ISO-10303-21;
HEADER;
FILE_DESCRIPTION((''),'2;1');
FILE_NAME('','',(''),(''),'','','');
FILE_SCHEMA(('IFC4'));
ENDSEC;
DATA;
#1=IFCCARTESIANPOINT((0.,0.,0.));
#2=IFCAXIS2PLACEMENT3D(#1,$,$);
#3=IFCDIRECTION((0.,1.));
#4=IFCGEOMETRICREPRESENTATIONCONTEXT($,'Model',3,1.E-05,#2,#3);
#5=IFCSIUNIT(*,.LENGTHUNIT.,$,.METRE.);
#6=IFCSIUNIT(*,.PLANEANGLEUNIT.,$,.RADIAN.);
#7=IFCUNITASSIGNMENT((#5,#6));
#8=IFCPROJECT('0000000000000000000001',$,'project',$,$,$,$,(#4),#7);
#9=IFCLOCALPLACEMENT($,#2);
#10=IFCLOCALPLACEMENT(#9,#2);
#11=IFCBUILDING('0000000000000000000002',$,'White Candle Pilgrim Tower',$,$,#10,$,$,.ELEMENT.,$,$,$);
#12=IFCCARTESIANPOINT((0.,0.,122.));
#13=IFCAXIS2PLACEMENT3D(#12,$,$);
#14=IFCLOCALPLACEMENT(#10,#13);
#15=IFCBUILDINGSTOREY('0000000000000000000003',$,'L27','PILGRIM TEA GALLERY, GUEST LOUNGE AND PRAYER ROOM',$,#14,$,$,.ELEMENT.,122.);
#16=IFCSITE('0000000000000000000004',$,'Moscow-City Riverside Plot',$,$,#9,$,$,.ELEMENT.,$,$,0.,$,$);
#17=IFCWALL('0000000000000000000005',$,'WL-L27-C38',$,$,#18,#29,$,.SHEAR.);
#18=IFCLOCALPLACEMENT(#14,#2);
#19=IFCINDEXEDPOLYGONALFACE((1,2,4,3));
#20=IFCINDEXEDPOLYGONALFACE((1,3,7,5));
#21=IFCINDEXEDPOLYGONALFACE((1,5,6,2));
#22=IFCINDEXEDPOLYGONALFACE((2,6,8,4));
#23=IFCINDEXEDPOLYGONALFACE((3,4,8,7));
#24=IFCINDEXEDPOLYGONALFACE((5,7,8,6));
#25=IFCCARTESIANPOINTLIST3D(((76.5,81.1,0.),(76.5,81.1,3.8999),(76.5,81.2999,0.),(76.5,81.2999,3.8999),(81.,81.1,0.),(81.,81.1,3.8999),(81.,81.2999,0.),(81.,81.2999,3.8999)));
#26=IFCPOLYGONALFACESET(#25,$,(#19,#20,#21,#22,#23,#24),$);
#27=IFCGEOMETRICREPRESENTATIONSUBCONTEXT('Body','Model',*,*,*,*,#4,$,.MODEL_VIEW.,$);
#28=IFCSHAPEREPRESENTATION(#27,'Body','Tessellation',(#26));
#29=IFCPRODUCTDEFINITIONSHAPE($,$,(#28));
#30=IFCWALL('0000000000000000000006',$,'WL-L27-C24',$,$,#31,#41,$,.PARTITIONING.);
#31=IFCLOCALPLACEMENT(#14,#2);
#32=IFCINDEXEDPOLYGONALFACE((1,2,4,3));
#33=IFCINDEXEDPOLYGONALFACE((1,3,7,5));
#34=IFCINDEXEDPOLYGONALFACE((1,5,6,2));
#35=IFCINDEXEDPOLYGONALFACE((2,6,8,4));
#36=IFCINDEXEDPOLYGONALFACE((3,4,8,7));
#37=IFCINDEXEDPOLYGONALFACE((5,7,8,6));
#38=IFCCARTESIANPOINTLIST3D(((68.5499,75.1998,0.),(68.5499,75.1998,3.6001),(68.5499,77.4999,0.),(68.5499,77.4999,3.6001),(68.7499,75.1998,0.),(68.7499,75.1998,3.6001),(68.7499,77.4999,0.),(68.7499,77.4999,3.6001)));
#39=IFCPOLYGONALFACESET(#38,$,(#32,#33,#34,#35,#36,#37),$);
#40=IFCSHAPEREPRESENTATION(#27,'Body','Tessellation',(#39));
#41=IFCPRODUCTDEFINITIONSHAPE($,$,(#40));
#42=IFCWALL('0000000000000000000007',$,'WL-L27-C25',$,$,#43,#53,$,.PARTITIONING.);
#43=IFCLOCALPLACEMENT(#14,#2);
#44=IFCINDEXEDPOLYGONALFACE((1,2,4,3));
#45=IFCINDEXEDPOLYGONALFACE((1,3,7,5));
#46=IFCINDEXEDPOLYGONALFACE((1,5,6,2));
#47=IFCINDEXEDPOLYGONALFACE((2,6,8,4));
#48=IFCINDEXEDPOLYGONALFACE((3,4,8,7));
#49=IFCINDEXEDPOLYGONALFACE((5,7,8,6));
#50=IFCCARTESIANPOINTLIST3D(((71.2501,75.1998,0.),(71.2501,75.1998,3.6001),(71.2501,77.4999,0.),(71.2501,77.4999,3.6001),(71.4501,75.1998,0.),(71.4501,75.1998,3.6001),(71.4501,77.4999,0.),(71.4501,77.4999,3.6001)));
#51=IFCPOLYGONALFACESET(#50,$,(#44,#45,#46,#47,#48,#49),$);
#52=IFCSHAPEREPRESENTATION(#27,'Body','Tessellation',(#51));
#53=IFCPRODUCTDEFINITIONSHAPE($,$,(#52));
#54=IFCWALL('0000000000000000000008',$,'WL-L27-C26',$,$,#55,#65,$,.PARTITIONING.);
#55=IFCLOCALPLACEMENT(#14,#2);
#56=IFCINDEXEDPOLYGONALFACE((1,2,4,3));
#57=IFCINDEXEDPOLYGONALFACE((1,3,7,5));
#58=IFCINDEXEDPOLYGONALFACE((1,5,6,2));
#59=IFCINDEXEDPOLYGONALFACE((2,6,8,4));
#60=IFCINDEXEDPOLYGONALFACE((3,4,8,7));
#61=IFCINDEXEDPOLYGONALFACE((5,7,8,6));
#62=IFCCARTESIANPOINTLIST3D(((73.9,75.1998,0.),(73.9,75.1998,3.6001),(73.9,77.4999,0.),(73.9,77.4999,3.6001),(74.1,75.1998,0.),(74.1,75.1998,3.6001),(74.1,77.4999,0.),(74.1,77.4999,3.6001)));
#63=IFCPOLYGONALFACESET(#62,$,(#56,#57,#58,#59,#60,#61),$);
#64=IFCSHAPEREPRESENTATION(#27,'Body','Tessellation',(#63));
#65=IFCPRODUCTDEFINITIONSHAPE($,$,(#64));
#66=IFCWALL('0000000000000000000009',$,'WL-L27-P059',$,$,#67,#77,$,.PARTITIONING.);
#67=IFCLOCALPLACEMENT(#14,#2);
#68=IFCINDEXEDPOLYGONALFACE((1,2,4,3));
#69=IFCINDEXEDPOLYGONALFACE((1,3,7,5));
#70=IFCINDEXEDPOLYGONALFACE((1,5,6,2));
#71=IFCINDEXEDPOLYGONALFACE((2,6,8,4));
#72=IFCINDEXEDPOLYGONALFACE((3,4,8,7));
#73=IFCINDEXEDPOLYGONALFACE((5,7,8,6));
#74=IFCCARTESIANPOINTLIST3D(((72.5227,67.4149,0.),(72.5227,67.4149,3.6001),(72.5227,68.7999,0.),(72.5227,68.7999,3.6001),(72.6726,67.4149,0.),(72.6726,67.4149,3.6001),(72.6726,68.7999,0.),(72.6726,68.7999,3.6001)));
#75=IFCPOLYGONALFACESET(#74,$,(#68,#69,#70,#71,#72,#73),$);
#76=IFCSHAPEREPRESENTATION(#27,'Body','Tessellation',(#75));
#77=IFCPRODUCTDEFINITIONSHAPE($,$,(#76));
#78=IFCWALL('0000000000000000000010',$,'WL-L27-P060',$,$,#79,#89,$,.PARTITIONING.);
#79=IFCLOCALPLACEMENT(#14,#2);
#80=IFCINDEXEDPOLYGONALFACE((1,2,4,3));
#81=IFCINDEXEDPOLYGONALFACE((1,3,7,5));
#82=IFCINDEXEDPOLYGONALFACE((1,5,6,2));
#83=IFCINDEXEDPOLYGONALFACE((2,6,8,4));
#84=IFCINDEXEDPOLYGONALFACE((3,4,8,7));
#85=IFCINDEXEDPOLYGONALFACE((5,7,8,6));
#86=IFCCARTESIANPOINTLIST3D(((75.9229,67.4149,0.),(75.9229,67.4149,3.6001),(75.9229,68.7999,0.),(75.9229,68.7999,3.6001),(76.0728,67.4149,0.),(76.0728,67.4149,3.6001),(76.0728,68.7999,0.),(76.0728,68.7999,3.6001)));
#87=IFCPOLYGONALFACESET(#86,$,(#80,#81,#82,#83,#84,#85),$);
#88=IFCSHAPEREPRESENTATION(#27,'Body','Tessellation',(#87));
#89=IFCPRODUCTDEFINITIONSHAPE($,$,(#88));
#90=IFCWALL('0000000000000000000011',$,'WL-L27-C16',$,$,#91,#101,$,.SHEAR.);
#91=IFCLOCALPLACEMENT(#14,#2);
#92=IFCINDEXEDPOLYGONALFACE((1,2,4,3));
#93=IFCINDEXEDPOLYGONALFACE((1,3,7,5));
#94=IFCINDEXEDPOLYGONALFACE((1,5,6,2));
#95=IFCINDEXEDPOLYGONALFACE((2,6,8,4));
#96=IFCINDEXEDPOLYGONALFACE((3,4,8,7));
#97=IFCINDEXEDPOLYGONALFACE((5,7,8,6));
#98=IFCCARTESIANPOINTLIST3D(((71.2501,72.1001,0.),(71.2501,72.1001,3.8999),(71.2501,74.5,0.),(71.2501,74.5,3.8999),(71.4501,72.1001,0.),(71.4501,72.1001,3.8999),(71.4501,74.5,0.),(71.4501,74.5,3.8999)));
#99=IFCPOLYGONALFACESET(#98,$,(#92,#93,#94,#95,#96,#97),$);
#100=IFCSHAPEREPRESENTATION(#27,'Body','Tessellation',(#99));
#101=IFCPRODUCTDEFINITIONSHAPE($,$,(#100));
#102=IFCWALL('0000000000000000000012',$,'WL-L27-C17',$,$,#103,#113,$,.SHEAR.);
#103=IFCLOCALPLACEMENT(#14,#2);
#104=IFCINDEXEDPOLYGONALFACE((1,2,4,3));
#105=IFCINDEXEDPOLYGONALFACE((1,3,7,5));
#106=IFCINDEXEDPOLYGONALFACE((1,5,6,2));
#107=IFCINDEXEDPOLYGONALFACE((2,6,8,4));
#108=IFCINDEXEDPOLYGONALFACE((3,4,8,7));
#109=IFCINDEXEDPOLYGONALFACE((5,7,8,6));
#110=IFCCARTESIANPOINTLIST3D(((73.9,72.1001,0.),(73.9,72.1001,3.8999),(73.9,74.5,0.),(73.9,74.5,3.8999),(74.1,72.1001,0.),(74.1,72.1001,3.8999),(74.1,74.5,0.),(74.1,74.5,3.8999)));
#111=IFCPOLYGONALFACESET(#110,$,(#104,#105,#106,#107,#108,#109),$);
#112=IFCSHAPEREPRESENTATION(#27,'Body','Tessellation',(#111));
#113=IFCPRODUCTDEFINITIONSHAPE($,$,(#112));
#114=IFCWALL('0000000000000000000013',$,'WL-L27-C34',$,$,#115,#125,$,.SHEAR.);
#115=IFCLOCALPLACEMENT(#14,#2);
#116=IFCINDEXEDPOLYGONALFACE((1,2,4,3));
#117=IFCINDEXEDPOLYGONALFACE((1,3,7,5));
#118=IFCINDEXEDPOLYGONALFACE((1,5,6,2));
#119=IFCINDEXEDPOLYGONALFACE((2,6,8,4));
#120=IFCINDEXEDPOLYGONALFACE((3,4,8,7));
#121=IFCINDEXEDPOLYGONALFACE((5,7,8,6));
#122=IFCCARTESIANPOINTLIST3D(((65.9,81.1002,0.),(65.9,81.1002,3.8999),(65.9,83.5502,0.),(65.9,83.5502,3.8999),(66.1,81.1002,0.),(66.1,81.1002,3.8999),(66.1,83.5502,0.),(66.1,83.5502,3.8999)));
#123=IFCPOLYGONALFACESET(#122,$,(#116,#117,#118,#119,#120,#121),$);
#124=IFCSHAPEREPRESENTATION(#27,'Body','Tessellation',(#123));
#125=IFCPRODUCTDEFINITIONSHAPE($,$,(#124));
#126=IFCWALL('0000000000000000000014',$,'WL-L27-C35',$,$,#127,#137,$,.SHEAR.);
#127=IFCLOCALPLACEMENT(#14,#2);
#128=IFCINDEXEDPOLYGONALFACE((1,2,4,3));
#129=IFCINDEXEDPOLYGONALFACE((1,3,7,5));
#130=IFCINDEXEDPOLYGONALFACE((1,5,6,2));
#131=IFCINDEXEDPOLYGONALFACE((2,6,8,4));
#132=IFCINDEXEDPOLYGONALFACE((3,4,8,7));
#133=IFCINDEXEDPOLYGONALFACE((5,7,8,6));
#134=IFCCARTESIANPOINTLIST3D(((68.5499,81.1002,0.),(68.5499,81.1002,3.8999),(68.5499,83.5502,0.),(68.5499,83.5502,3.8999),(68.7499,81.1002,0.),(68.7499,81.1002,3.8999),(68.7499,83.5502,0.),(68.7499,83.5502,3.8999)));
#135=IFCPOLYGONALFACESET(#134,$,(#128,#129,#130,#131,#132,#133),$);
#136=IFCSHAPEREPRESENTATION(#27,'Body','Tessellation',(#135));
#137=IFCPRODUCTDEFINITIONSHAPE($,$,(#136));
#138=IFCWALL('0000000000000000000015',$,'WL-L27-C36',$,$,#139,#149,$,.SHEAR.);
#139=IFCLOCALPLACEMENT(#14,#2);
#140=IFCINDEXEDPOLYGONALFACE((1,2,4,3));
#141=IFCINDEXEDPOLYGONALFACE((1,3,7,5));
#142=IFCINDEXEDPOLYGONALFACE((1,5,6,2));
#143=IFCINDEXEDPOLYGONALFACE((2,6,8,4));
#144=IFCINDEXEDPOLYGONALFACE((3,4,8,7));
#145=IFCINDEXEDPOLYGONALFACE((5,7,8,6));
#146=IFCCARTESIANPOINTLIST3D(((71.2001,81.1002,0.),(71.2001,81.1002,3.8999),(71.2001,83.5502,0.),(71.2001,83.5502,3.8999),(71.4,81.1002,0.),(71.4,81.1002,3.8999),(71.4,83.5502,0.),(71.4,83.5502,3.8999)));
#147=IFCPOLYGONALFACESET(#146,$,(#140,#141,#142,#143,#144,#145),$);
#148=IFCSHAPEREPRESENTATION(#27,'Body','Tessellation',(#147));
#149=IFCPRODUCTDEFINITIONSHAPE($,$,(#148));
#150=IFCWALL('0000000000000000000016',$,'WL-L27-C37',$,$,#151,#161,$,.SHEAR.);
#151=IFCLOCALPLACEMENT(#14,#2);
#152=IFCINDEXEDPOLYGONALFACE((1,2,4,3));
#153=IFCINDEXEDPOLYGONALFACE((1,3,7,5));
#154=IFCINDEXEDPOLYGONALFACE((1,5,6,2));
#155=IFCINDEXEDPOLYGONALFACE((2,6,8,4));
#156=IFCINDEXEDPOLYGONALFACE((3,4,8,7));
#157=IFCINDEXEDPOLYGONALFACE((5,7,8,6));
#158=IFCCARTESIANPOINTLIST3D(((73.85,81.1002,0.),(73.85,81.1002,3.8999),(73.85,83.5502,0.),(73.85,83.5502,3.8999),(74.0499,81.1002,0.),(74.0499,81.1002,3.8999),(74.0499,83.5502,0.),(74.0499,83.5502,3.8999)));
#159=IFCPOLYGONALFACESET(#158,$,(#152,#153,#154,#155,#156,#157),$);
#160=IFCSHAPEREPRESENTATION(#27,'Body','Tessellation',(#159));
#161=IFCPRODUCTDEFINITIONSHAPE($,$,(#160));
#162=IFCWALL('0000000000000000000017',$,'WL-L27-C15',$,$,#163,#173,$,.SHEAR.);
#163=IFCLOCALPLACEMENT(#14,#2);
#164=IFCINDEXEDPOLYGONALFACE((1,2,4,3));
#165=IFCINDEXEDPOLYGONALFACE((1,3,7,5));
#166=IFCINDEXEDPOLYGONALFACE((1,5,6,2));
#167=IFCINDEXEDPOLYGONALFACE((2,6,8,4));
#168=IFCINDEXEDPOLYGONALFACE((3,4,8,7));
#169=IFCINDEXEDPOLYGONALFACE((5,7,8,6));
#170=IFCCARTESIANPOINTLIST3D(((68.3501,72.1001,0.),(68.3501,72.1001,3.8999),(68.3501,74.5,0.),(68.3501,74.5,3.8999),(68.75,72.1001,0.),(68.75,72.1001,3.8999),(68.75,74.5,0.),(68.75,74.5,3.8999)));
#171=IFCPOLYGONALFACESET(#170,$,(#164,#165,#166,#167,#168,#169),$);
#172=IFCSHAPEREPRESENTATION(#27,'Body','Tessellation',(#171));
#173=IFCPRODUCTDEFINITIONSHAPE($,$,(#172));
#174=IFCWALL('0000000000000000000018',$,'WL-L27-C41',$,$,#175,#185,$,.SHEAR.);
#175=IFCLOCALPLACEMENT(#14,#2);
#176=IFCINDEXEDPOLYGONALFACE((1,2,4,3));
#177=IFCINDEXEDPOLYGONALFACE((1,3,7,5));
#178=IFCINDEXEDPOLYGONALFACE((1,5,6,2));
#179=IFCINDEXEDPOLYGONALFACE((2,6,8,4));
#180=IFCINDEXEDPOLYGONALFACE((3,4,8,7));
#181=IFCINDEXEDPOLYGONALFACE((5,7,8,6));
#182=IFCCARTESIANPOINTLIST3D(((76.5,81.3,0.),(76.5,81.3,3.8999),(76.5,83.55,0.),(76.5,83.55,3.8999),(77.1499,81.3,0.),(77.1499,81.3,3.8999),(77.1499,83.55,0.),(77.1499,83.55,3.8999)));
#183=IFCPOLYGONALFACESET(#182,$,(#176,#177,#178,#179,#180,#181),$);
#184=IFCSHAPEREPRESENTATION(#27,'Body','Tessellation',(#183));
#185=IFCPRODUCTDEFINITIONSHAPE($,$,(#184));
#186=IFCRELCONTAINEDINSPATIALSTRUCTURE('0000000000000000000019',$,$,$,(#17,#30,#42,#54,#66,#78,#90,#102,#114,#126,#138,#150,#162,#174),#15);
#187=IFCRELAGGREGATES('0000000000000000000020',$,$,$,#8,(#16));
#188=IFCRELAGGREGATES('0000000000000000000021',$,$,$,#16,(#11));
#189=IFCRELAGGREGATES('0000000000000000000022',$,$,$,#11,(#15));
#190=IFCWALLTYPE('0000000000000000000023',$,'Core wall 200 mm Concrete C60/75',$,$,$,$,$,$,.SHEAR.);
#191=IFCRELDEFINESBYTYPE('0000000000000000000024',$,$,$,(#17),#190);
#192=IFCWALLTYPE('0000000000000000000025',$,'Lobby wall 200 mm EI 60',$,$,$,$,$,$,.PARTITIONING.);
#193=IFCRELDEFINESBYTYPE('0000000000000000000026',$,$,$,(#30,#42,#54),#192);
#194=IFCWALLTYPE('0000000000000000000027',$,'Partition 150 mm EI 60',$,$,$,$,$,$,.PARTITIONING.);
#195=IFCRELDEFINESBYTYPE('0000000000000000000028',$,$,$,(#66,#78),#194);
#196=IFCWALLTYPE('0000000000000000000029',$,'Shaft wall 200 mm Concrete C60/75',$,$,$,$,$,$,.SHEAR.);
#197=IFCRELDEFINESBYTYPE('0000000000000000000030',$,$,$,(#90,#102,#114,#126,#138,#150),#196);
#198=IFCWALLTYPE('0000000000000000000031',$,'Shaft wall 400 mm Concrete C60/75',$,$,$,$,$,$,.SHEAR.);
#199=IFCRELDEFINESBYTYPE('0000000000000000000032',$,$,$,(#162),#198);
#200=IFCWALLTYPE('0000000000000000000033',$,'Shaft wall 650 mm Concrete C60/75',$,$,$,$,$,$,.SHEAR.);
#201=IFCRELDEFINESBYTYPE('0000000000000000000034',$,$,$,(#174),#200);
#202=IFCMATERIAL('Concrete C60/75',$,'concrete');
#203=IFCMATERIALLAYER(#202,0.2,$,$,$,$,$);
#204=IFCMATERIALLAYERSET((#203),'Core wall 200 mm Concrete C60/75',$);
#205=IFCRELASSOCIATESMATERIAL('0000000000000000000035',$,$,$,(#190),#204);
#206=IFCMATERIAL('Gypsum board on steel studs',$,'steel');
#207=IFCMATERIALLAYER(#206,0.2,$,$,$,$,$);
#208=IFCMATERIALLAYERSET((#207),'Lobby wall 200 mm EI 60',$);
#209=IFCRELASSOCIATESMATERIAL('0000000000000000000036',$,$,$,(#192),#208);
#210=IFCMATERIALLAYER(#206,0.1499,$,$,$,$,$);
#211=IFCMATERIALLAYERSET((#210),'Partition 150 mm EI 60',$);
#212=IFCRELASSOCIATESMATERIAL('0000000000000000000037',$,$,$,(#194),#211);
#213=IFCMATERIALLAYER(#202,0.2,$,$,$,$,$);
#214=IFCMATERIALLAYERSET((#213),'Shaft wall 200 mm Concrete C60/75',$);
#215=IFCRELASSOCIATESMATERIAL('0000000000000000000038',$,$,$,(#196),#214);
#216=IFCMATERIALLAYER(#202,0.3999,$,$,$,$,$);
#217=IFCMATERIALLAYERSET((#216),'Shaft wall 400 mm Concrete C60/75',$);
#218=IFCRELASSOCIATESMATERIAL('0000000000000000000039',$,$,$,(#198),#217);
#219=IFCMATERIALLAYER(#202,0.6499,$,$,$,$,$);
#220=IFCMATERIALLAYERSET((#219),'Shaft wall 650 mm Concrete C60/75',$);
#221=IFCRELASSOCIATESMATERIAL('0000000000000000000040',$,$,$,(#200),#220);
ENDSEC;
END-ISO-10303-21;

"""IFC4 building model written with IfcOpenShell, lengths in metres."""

from ifc_helpers import new_model, si_unit, direction, frame, frame_2d, origin, place, context, subcontext, project, spatial, rectangle, extrude, material, layer, layer_set, type_object, element, save


model = new_model("IFC4")

# Units and contexts
model_context = context("Model", 3, precision=1e-05, world=origin(), true_north=direction((0.0, 1.0)))
body_context = subcontext(model_context, "Body", "Model", "MODEL_VIEW")
ifc_project = project(units=[si_unit("LENGTHUNIT", "METRE"), si_unit("PLANEANGLEUNIT", "RADIAN")], contexts=[model_context])

# Site, building, storey
site_placement = place(None, origin())
site = spatial("IfcSite", under=ifc_project, at=site_placement, Name="Moscow-City Riverside Plot", CompositionType="ELEMENT", RefElevation=0.0)
building_placement = place(site_placement, origin())
building = spatial("IfcBuilding", under=site, at=building_placement, Name="White Candle Pilgrim Tower", CompositionType="ELEMENT")
storey_placement = place(building_placement, frame((0.0, 0.0, 122.0)))
storey = spatial("IfcBuildingStorey", under=building, at=storey_placement, Name="L27", Description="PILGRIM TEA GALLERY, GUEST LOUNGE AND PRAYER ROOM", CompositionType="ELEMENT", Elevation=122.0)

# Walls
ifc_material_1 = material(Name="Concrete C60/75", Category="concrete")
ifc_layer_1 = layer(ifc_material_1, 0.2)
ifc_layer_set_1 = layer_set([ifc_layer_1], Name="Core wall 200 mm Concrete C60/75")
wall_type_1 = type_object("IfcWallType", Name="Core wall 200 mm Concrete C60/75", PredefinedType="SHEAR", material=ifc_layer_set_1)
wall_1_placement = place(storey_placement, frame((76.5, 81.2, 0.0), z_axis=(0.0, 0.0, 1.0), x_axis=(1.0, 0.0, 0.0)))
element("IfcWall", 1, at=wall_1_placement, inside=storey, type_object=wall_type_1, Name="WL-L27-C38", PredefinedType="SHEAR", context=body_context, shape_type="SweptSolid", body=[
    extrude(rectangle(XDim=4.5, YDim=0.2, at=frame_2d((2.25, 0.0))), origin(), (0.0, 0.0, 1.0), 3.8999),
])
ifc_material_2 = material(Name="Gypsum board on steel studs", Category="steel")
ifc_layer_2 = layer(ifc_material_2, 0.2)
ifc_layer_set_2 = layer_set([ifc_layer_2], Name="Lobby wall 200 mm EI 60")
wall_type_2 = type_object("IfcWallType", Name="Lobby wall 200 mm EI 60", PredefinedType="PARTITIONING", material=ifc_layer_set_2)
for number, where, z_axis, x_axis, name in (
    (2, (68.6499, 75.2, 0.0), (0.0, 0.0, 1.0), (0.0, 1.0, 0.0), "WL-L27-C24"),
    (3, (71.3501, 75.2, 0.0), (0.0, 0.0, 1.0), (0.0, 1.0, 0.0), "WL-L27-C25"),
    (4, (74.0, 75.2, 0.0), (0.0, 0.0, 1.0), (0.0, 1.0, 0.0), "WL-L27-C26"),
):
    element("IfcWall", number, at=place(storey_placement, frame(where, z_axis=z_axis, x_axis=x_axis)), inside=storey, type_object=wall_type_2, Name=name, PredefinedType="PARTITIONING", context=body_context, shape_type="SweptSolid", body=[
        extrude(rectangle(XDim=2.3, YDim=0.2, at=frame_2d((1.1499, 0.0))), origin(), (0.0, 0.0, 1.0), 3.6001),
    ])
ifc_layer_3 = layer(ifc_material_2, 0.1499)
ifc_layer_set_3 = layer_set([ifc_layer_3], Name="Partition 150 mm EI 60")
wall_type_3 = type_object("IfcWallType", Name="Partition 150 mm EI 60", PredefinedType="PARTITIONING", material=ifc_layer_set_3)
for number, where, z_axis, x_axis, name in (
    (5, (72.5977, 67.415, 0.0), (0.0, 0.0, 1.0), (0.0, 1.0, 0.0), "WL-L27-P059"),
    (6, (75.9978, 67.415, 0.0), (0.0, 0.0, 1.0), (0.0, 1.0, 0.0), "WL-L27-P060"),
):
    element("IfcWall", number, at=place(storey_placement, frame(where, z_axis=z_axis, x_axis=x_axis)), inside=storey, type_object=wall_type_3, Name=name, PredefinedType="PARTITIONING", context=body_context, shape_type="SweptSolid", body=[
        extrude(rectangle(XDim=1.385, YDim=0.1499, at=frame_2d((0.6924, 0.0))), origin(), (0.0, 0.0, 1.0), 3.6001),
    ])
ifc_layer_4 = layer(ifc_material_1, 0.2)
ifc_layer_set_4 = layer_set([ifc_layer_4], Name="Shaft wall 200 mm Concrete C60/75")
wall_type_4 = type_object("IfcWallType", Name="Shaft wall 200 mm Concrete C60/75", PredefinedType="SHEAR", material=ifc_layer_set_4)
for number, where, z_axis, x_axis, name in (
    (7, (71.3501, 72.1001, 0.0), (0.0, 0.0, 1.0), (0.0, 1.0, 0.0), "WL-L27-C16"),
    (8, (74.0, 72.1001, 0.0), (0.0, 0.0, 1.0), (0.0, 1.0, 0.0), "WL-L27-C17"),
):
    element("IfcWall", number, at=place(storey_placement, frame(where, z_axis=z_axis, x_axis=x_axis)), inside=storey, type_object=wall_type_4, Name=name, PredefinedType="SHEAR", context=body_context, shape_type="SweptSolid", body=[
        extrude(rectangle(XDim=2.3999, YDim=0.2, at=frame_2d((1.2, 0.0))), origin(), (0.0, 0.0, 1.0), 3.8999),
    ])
for number, where, z_axis, x_axis, name in (
    (9, (66.0, 81.1001, 0.0), (0.0, 0.0, 1.0), (0.0, 1.0, 0.0), "WL-L27-C34"),
    (10, (68.6499, 81.1001, 0.0), (0.0, 0.0, 1.0), (0.0, 1.0, 0.0), "WL-L27-C35"),
    (11, (71.3, 81.1001, 0.0), (0.0, 0.0, 1.0), (0.0, 1.0, 0.0), "WL-L27-C36"),
    (12, (73.95, 81.1001, 0.0), (0.0, 0.0, 1.0), (0.0, 1.0, 0.0), "WL-L27-C37"),
):
    element("IfcWall", number, at=place(storey_placement, frame(where, z_axis=z_axis, x_axis=x_axis)), inside=storey, type_object=wall_type_4, Name=name, PredefinedType="SHEAR", context=body_context, shape_type="SweptSolid", body=[
        extrude(rectangle(XDim=2.45, YDim=0.2, at=frame_2d((1.2251, 0.0))), origin(), (0.0, 0.0, 1.0), 3.8999),
    ])
ifc_layer_5 = layer(ifc_material_1, 0.3999)
ifc_layer_set_5 = layer_set([ifc_layer_5], Name="Shaft wall 400 mm Concrete C60/75")
wall_type_5 = type_object("IfcWallType", Name="Shaft wall 400 mm Concrete C60/75", PredefinedType="SHEAR", material=ifc_layer_set_5)
wall_2_placement = place(storey_placement, frame((68.55, 72.1001, 0.0), z_axis=(0.0, 0.0, 1.0), x_axis=(0.0, 1.0, 0.0)))
element("IfcWall", 13, at=wall_2_placement, inside=storey, type_object=wall_type_5, Name="WL-L27-C15", PredefinedType="SHEAR", context=body_context, shape_type="SweptSolid", body=[
    extrude(rectangle(XDim=2.3999, YDim=0.3999, at=frame_2d((1.2, 0.0))), origin(), (0.0, 0.0, 1.0), 3.8999),
])
ifc_layer_6 = layer(ifc_material_1, 0.6499)
ifc_layer_set_6 = layer_set([ifc_layer_6], Name="Shaft wall 650 mm Concrete C60/75")
wall_type_6 = type_object("IfcWallType", Name="Shaft wall 650 mm Concrete C60/75", PredefinedType="SHEAR", material=ifc_layer_set_6)
wall_3_placement = place(storey_placement, frame((76.825, 81.3, 0.0), z_axis=(0.0, 0.0, 1.0), x_axis=(0.0, 1.0, 0.0)))
element("IfcWall", 14, at=wall_3_placement, inside=storey, type_object=wall_type_6, Name="WL-L27-C41", PredefinedType="SHEAR", context=body_context, shape_type="SweptSolid", body=[
    extrude(rectangle(XDim=2.25, YDim=0.6499, at=frame_2d((1.125, 0.0))), origin(), (0.0, 0.0, 1.0), 3.8999),
])

save(model, "model.ifc")
